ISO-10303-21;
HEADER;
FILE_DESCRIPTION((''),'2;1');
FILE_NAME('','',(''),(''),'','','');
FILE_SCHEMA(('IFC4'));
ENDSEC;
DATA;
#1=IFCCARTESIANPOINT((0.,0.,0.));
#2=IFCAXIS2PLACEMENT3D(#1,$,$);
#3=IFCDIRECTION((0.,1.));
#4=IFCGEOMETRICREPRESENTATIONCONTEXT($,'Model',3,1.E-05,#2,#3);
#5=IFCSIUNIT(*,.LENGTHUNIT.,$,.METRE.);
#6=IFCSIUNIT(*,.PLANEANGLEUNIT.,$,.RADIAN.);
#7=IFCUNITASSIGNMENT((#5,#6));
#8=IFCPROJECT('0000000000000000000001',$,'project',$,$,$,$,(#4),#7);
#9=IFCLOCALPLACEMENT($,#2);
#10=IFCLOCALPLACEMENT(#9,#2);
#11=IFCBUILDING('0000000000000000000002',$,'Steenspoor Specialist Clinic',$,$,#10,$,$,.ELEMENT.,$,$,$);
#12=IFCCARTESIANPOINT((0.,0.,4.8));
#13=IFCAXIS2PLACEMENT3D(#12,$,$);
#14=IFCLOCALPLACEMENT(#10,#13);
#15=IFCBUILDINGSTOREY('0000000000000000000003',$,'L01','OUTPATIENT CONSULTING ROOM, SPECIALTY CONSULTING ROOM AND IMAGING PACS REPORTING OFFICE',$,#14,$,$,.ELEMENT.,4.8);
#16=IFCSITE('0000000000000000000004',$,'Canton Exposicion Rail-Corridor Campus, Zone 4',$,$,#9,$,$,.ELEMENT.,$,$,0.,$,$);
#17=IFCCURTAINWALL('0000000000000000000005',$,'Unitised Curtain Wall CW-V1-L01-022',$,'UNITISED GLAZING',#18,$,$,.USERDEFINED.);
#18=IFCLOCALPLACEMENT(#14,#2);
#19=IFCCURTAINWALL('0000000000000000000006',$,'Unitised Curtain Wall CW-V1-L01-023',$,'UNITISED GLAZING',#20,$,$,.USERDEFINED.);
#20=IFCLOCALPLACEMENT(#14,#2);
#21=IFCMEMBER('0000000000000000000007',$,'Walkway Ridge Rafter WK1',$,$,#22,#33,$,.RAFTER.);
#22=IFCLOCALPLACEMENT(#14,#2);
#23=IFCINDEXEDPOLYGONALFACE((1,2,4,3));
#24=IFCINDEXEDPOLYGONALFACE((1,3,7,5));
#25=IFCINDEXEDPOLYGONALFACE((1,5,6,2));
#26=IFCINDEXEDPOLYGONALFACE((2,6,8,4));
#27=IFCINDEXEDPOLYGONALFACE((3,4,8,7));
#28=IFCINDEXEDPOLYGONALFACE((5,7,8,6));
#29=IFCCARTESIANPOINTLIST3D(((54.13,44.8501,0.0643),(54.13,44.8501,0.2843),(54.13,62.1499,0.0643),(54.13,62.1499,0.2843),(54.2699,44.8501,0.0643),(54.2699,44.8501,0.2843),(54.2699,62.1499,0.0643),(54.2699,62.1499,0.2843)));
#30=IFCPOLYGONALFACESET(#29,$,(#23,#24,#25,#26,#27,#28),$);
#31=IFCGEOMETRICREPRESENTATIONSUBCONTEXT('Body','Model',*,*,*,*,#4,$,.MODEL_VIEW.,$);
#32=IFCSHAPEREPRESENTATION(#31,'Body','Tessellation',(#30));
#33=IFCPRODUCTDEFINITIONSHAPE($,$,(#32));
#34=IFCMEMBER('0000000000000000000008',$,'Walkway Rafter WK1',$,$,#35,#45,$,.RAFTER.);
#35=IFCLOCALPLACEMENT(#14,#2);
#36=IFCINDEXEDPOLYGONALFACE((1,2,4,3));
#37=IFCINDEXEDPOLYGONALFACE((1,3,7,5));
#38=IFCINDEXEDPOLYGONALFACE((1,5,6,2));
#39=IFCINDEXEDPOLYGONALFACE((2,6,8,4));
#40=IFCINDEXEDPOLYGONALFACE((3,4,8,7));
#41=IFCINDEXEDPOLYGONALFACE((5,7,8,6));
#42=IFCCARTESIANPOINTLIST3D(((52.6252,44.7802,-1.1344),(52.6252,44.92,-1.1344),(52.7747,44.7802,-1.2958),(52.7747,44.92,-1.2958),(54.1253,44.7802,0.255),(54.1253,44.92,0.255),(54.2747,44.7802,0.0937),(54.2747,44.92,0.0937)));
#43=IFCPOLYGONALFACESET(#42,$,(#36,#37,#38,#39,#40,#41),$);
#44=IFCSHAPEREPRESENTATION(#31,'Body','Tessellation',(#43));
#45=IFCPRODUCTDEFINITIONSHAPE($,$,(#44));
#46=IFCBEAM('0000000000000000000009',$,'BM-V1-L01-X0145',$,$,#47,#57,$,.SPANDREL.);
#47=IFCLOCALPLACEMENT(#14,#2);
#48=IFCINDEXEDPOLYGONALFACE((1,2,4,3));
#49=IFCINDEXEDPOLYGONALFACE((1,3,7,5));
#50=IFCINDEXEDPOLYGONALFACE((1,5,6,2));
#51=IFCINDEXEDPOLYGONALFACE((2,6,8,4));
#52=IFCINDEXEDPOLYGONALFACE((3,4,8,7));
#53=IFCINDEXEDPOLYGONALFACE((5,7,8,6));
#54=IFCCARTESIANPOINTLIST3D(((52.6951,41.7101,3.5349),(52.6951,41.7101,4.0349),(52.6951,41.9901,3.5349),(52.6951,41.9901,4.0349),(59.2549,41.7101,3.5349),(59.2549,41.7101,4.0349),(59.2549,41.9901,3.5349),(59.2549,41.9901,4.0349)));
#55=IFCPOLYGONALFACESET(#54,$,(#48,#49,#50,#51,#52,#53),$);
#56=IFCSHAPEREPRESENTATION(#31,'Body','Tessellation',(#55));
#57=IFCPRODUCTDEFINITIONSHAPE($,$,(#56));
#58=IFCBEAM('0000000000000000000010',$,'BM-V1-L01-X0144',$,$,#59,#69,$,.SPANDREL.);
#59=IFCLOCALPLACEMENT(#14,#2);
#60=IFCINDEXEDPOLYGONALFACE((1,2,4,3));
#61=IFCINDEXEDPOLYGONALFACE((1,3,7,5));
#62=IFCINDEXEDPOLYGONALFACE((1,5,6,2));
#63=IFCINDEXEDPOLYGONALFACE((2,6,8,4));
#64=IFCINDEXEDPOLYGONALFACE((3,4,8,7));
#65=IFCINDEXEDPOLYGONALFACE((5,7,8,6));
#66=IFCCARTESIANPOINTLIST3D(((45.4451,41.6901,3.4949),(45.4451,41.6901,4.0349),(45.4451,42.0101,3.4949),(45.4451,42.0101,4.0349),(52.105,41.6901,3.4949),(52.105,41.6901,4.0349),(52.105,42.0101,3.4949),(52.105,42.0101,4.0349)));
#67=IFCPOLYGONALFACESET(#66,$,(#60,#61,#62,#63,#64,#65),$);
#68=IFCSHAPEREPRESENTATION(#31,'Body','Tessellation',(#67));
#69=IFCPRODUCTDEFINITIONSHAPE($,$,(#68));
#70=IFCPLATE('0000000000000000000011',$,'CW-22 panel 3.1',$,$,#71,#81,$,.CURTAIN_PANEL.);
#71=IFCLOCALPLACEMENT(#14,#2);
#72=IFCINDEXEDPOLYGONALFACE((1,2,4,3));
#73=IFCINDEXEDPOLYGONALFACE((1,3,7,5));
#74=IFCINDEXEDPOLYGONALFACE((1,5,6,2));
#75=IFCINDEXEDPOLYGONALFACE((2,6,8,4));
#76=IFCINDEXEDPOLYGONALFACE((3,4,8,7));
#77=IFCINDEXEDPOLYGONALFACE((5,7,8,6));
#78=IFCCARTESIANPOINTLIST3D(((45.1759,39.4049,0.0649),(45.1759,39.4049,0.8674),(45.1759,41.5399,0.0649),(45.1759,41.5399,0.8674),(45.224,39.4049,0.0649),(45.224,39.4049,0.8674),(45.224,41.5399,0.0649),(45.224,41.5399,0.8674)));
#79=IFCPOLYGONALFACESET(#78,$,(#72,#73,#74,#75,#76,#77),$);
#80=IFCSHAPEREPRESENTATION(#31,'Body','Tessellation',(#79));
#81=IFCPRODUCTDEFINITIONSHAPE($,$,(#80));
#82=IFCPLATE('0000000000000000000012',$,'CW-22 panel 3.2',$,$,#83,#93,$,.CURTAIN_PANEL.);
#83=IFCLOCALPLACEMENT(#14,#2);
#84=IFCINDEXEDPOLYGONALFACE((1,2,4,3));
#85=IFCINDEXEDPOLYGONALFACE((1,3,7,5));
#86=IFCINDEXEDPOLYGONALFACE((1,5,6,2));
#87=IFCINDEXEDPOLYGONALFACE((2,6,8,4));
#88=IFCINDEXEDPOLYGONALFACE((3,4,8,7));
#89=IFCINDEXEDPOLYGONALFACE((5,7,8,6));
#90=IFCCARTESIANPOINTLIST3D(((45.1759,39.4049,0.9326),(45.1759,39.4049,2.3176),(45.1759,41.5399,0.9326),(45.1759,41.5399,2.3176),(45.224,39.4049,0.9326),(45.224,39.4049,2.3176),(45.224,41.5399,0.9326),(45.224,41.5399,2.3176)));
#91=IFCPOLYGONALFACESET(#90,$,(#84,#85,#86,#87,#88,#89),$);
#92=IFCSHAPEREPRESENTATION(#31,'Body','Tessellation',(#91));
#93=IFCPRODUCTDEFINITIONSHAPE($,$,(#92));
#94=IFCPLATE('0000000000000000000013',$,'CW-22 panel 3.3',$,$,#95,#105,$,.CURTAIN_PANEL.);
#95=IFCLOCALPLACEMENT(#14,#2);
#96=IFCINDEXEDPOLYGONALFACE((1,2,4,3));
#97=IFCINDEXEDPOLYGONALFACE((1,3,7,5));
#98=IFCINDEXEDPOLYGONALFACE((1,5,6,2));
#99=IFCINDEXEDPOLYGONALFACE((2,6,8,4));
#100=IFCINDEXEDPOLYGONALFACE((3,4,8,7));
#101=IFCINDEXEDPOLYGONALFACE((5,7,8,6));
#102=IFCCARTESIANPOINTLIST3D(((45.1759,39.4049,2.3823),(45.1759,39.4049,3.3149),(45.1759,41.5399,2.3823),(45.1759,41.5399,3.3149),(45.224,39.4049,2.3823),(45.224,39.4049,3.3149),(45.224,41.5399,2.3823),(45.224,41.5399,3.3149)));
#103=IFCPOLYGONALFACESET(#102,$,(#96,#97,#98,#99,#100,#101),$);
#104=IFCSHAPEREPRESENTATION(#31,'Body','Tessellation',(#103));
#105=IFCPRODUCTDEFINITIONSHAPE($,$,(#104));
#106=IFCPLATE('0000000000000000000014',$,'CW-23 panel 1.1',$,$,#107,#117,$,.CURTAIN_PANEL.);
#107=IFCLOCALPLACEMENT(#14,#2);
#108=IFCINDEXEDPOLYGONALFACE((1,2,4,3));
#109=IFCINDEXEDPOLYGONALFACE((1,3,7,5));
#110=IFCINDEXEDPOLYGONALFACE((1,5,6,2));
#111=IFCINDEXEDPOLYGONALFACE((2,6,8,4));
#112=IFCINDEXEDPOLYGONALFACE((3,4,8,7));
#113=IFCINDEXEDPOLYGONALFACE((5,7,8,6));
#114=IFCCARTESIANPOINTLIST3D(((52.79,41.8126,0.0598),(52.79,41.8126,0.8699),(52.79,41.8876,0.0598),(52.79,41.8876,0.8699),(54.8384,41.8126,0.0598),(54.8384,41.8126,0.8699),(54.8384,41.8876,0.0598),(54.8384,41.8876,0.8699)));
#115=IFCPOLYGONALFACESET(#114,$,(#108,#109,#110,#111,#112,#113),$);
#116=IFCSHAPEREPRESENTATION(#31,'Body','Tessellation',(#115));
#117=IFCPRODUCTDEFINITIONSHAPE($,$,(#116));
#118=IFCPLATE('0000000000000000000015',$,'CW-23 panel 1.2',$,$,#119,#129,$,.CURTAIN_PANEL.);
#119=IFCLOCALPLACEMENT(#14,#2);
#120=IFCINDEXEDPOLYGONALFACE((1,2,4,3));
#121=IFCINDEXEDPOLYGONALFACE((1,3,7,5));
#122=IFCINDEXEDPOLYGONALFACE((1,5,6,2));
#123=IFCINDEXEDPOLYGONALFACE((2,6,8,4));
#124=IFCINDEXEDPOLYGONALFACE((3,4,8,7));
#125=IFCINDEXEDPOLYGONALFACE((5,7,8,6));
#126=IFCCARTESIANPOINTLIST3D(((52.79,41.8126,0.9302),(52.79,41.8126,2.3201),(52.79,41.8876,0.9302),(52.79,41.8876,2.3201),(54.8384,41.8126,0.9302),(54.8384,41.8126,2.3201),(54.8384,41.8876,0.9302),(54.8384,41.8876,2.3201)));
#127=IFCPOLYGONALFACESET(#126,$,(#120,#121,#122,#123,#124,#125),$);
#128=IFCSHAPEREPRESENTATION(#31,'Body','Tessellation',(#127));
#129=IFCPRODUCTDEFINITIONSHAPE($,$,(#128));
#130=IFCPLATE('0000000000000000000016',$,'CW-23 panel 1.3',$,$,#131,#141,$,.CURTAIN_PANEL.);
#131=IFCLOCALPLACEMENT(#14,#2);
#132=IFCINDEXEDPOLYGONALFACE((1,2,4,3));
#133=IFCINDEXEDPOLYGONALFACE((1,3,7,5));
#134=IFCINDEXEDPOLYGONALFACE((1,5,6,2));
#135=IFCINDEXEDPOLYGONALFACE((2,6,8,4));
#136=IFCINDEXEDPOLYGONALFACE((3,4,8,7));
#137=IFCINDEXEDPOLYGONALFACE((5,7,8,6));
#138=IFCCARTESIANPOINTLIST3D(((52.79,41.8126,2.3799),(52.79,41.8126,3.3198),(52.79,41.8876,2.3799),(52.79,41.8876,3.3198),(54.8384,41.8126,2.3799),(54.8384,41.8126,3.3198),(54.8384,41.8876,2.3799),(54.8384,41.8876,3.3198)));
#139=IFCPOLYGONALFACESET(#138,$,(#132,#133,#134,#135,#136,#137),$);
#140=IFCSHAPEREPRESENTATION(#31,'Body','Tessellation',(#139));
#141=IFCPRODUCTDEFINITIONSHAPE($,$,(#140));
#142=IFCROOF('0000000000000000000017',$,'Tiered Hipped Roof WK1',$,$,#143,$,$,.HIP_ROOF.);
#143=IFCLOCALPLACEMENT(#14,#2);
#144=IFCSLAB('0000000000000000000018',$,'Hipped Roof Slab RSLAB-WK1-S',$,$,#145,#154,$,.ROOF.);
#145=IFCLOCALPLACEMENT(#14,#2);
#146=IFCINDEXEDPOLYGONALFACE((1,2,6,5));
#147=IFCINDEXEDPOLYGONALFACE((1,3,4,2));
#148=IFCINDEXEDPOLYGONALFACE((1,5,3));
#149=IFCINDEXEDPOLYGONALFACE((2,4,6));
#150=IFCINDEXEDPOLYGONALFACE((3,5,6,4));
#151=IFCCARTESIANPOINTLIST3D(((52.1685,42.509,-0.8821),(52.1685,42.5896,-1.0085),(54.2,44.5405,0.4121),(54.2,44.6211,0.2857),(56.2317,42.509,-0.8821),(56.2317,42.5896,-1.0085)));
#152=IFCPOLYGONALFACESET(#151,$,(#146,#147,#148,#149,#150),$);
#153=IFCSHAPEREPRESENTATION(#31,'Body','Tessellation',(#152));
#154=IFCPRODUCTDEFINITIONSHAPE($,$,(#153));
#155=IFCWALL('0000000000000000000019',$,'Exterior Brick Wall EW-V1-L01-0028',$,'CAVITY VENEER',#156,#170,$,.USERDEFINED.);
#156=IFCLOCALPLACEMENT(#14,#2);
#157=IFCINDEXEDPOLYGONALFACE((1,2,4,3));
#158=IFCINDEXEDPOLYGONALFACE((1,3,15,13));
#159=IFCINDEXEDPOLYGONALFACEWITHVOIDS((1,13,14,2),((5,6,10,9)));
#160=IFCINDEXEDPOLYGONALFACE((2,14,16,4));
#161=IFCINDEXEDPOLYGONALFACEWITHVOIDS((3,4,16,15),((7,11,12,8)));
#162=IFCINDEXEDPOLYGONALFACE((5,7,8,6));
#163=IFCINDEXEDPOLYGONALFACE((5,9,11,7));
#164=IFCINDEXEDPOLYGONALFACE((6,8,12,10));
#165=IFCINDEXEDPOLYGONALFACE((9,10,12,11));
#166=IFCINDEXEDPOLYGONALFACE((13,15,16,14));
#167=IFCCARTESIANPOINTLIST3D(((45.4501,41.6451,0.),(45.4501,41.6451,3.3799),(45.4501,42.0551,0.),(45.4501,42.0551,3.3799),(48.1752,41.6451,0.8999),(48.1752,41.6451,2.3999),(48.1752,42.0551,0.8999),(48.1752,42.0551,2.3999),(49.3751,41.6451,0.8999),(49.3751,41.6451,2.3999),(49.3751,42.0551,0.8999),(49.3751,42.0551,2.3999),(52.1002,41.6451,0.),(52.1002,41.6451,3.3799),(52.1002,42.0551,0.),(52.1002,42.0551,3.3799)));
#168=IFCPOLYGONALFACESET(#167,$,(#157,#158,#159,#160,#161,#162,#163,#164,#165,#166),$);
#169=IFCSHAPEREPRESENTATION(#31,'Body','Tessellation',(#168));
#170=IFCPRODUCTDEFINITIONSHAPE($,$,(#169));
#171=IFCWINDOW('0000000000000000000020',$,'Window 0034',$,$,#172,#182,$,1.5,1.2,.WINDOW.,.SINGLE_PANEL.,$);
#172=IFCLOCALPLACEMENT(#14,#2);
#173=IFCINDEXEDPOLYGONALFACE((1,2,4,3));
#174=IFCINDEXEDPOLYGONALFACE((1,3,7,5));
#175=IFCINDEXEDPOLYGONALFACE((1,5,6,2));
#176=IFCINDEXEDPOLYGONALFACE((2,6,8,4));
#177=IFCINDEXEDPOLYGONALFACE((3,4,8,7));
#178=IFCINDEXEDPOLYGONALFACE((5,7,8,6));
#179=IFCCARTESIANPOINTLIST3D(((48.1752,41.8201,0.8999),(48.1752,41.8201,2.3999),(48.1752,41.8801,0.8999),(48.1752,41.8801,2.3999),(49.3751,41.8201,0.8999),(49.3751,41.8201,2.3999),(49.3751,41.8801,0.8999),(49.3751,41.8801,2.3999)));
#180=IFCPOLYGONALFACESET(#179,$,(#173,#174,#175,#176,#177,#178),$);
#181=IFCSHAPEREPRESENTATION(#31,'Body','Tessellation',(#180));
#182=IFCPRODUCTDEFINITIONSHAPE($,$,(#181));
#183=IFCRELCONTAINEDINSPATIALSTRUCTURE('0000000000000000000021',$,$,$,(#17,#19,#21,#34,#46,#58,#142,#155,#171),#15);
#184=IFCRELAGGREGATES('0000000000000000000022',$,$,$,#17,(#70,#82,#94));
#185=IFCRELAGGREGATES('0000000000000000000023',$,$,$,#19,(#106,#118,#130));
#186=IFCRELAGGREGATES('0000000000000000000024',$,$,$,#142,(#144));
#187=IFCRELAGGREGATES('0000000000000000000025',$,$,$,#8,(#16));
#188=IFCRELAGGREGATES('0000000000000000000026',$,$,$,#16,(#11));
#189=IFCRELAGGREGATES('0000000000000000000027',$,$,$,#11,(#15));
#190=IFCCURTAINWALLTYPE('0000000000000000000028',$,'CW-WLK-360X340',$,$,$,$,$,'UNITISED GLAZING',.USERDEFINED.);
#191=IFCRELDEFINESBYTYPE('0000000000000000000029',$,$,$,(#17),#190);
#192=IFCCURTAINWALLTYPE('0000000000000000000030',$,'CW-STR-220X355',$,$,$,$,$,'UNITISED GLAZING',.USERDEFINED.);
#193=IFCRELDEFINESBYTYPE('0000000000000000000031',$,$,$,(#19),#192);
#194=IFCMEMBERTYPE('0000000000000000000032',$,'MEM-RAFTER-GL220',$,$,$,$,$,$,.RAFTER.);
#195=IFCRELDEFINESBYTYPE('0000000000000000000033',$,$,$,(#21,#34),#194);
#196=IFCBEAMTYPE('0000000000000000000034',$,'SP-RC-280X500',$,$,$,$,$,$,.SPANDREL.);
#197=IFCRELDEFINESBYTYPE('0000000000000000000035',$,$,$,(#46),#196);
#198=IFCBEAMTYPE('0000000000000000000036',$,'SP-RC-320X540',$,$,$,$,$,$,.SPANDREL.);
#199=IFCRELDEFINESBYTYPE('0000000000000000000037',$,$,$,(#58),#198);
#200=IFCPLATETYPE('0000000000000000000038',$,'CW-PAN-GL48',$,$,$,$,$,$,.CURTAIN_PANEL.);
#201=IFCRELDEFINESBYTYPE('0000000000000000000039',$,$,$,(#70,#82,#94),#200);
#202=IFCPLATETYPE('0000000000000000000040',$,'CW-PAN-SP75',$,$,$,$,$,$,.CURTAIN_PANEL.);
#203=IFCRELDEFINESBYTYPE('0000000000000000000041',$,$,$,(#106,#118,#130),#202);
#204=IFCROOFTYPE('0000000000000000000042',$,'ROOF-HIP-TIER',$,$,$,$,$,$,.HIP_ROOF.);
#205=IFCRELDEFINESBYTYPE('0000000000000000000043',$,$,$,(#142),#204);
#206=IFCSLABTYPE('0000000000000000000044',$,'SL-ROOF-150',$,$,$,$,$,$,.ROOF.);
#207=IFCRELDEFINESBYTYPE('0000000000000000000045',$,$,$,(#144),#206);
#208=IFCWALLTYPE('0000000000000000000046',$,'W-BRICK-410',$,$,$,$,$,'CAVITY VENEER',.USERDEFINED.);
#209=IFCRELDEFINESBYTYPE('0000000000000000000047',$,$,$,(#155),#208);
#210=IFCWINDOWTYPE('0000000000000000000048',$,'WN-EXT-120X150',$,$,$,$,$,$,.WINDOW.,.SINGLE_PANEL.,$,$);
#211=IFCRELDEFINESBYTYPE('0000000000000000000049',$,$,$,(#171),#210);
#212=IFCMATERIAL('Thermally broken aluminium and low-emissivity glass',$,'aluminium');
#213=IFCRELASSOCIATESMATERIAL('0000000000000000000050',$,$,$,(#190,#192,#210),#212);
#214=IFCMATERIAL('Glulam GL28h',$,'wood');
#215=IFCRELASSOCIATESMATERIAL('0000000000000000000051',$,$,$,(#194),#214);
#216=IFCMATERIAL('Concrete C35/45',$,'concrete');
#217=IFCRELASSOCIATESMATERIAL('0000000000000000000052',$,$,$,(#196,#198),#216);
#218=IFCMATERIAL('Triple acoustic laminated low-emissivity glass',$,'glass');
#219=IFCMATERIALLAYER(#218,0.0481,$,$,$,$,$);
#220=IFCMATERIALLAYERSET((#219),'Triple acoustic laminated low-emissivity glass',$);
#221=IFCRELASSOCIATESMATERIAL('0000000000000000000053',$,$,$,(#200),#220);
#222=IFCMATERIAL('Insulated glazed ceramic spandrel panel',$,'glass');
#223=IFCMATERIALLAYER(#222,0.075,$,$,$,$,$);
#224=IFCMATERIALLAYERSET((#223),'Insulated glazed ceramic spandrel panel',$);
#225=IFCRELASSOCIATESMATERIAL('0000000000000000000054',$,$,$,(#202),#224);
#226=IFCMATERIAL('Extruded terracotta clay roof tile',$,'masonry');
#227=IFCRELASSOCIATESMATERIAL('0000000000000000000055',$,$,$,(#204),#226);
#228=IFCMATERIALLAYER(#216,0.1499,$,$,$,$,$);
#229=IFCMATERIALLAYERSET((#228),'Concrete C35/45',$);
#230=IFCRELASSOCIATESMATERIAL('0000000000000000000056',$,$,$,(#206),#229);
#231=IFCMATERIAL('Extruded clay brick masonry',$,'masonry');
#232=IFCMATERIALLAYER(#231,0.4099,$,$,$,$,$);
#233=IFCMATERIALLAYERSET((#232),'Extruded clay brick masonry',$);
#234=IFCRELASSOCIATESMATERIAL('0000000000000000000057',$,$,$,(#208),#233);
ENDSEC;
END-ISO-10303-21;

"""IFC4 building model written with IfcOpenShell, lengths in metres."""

from ifc_helpers import new_model, si_unit, direction, frame, frame_2d, origin, origin_2d, place, context, subcontext, project, spatial, polyline, rectangle, outline, extrude, material, layer, layer_set, material_profile, profile_set, type_object, element, fill, aggregate, save


model = new_model("IFC4")

# Units and contexts
model_context = context("Model", 3, precision=1e-05, world=origin(), true_north=direction((0.0, 1.0)))
body_context = subcontext(model_context, "Body", "Model", "MODEL_VIEW")
ifc_project = project(units=[si_unit("LENGTHUNIT", "METRE"), si_unit("PLANEANGLEUNIT", "RADIAN")], contexts=[model_context])

# Site, building, storey
site_placement = place(None, origin())
site = spatial("IfcSite", under=ifc_project, at=site_placement, Name="Canton Exposicion Rail-Corridor Campus, Zone 4", CompositionType="ELEMENT", RefElevation=0.0)
building_placement = place(site_placement, origin())
building = spatial("IfcBuilding", under=site, at=building_placement, Name="Steenspoor Specialist Clinic", CompositionType="ELEMENT")
storey_placement = place(building_placement, frame((0.0, 0.0, 4.8)))
storey = spatial("IfcBuildingStorey", under=building, at=storey_placement, Name="L01", Description="OUTPATIENT CONSULTING ROOM, SPECIALTY CONSULTING ROOM AND IMAGING PACS REPORTING OFFICE", CompositionType="ELEMENT", Elevation=4.8)

# Curtain wall
ifc_material_1 = material(Name="Thermally broken aluminium and low-emissivity glass", Category="aluminium")
curtain_wall_type_1 = type_object("IfcCurtainWallType", Name="CW-WLK-360X340", ElementType="UNITISED GLAZING", PredefinedType="USERDEFINED", material=ifc_material_1)
curtain_wall_1_placement = place(storey_placement, origin())
curtain_wall_1 = element("IfcCurtainWall", 1, at=curtain_wall_1_placement, inside=storey, type_object=curtain_wall_type_1, Name="Unitised Curtain Wall CW-V1-L01-022", ObjectType="UNITISED GLAZING", PredefinedType="USERDEFINED")

# Curtain wall
curtain_wall_type_2 = type_object("IfcCurtainWallType", Name="CW-STR-220X355", ElementType="UNITISED GLAZING", PredefinedType="USERDEFINED", material=ifc_material_1)
curtain_wall_2_placement = place(storey_placement, origin())
curtain_wall_2 = element("IfcCurtainWall", 2, at=curtain_wall_2_placement, inside=storey, type_object=curtain_wall_type_2, Name="Unitised Curtain Wall CW-V1-L01-023", ObjectType="UNITISED GLAZING", PredefinedType="USERDEFINED")

# Members
ifc_material_2 = material(Name="Glulam GL28h", Category="wood")
ifc_material_profile_1 = material_profile(ifc_material_2, rectangle(XDim=0.1399, YDim=0.22, at=origin_2d()), Name="GL28H-140X220")
ifc_profile_set_1 = profile_set([ifc_material_profile_1], Name="Glulam GL28h")
member_type_1 = type_object("IfcMemberType", Name="MEM-RAFTER-GL220", PredefinedType="RAFTER", material=ifc_profile_set_1)
member_1_placement = place(storey_placement, frame((54.2, 44.8501, 0.1743), z_axis=(0.0, 1.0, 0.0), x_axis=(-1.0, 0.0, 0.0)))
element("IfcMember", 3, at=member_1_placement, inside=storey, type_object=member_type_1, Name="Walkway Ridge Rafter WK1", PredefinedType="RAFTER", context=body_context, shape_type="SweptSolid", body=[
    extrude(rectangle(XDim=0.1399, YDim=0.22, at=origin_2d()), origin(), (0.0, 0.0, 1.0), 17.2998),
])
member_2_placement = place(storey_placement, frame((52.7, 44.8501, -1.2151), z_axis=(0.733635, 0.0, 0.679544), x_axis=(0.0, 1.0, 0.0)))
element("IfcMember", 4, at=member_2_placement, inside=storey, type_object=member_type_1, Name="Walkway Rafter WK1", PredefinedType="RAFTER", context=body_context, shape_type="SweptSolid", body=[
    extrude(rectangle(XDim=0.1399, YDim=0.22, at=origin_2d()), origin(), (0.0, 0.0, 1.0), 2.0447),
])

# Beams
ifc_material_3 = material(Name="Concrete C35/45", Category="concrete")
ifc_material_profile_2 = material_profile(ifc_material_3, rectangle(XDim=0.28, YDim=0.5, at=origin_2d()), Name="RC-SP-280X500")
ifc_profile_set_2 = profile_set([ifc_material_profile_2], Name="Concrete C35/45")
beam_type_1 = type_object("IfcBeamType", Name="SP-RC-280X500", PredefinedType="SPANDREL", material=ifc_profile_set_2)
beam_1_placement = place(storey_placement, frame((52.6951, 41.8501, 3.7849), z_axis=(1.0, 0.0, 0.0), x_axis=(0.0, 1.0, 0.0)))
element("IfcBeam", 5, at=beam_1_placement, inside=storey, type_object=beam_type_1, Name="BM-V1-L01-X0145", PredefinedType="SPANDREL", context=body_context, shape_type="SweptSolid", body=[
    extrude(rectangle(XDim=0.28, YDim=0.5, at=origin_2d()), origin(), (0.0, 0.0, 1.0), 6.5598),
])
ifc_material_profile_3 = material_profile(ifc_material_3, rectangle(XDim=0.3201, YDim=0.54, at=origin_2d()), Name="RC-SP-320X540")
ifc_profile_set_3 = profile_set([ifc_material_profile_3], Name="Concrete C35/45")
beam_type_2 = type_object("IfcBeamType", Name="SP-RC-320X540", PredefinedType="SPANDREL", material=ifc_profile_set_3)
beam_2_placement = place(storey_placement, frame((45.4451, 41.8501, 3.7649), z_axis=(1.0, 0.0, 0.0), x_axis=(0.0, 1.0, 0.0)))
element("IfcBeam", 6, at=beam_2_placement, inside=storey, type_object=beam_type_2, Name="BM-V1-L01-X0144", PredefinedType="SPANDREL", context=body_context, shape_type="SweptSolid", body=[
    extrude(rectangle(XDim=0.3201, YDim=0.54, at=origin_2d()), origin(), (0.0, 0.0, 1.0), 6.6599),
])

# Plates
ifc_material_4 = material(Name="Triple acoustic laminated low-emissivity glass", Category="glass")
ifc_layer_1 = layer(ifc_material_4, 0.0481)
ifc_layer_set_1 = layer_set([ifc_layer_1], Name="Triple acoustic laminated low-emissivity glass")
plate_type_1 = type_object("IfcPlateType", Name="CW-PAN-GL48", PredefinedType="CURTAIN_PANEL", material=ifc_layer_set_1)
plate_1_placement = place(storey_placement, frame((45.2, 40.4724, 0.0649), z_axis=(0.0, 0.0, 1.0), x_axis=(0.0, 1.0, 0.0)))
plate_1 = element("IfcPlate", 7, at=plate_1_placement, type_object=plate_type_1, Name="CW-22 panel 3.1", PredefinedType="CURTAIN_PANEL", context=body_context, shape_type="SweptSolid", body=[
    extrude(rectangle(XDim=2.135, YDim=0.0481, at=origin_2d()), origin(), (0.0, 0.0, 1.0), 0.8025),
])
plate_2_placement = place(storey_placement, frame((45.2, 40.4724, 0.9326), z_axis=(0.0, 0.0, 1.0), x_axis=(0.0, 1.0, 0.0)))
plate_2 = element("IfcPlate", 8, at=plate_2_placement, type_object=plate_type_1, Name="CW-22 panel 3.2", PredefinedType="CURTAIN_PANEL", context=body_context, shape_type="SweptSolid", body=[
    extrude(rectangle(XDim=2.135, YDim=0.0481, at=origin_2d()), origin(), (0.0, 0.0, 1.0), 1.385),
])
plate_3_placement = place(storey_placement, frame((45.2, 40.4724, 2.3823), z_axis=(0.0, 0.0, 1.0), x_axis=(0.0, 1.0, 0.0)))
plate_3 = element("IfcPlate", 9, at=plate_3_placement, type_object=plate_type_1, Name="CW-22 panel 3.3", PredefinedType="CURTAIN_PANEL", context=body_context, shape_type="SweptSolid", body=[
    extrude(rectangle(XDim=2.135, YDim=0.0481, at=origin_2d()), origin(), (0.0, 0.0, 1.0), 0.9326),
])
aggregate(curtain_wall_1, [plate_1, plate_2, plate_3])
ifc_material_5 = material(Name="Insulated glazed ceramic spandrel panel", Category="glass")
ifc_layer_2 = layer(ifc_material_5, 0.075)
ifc_layer_set_2 = layer_set([ifc_layer_2], Name="Insulated glazed ceramic spandrel panel")
plate_type_2 = type_object("IfcPlateType", Name="CW-PAN-SP75", PredefinedType="CURTAIN_PANEL", material=ifc_layer_set_2)
plate_4_placement = place(storey_placement, frame((53.8142, 41.8501, 0.0598), z_axis=(0.0, 0.0, 1.0), x_axis=(1.0, 0.0, 0.0)))
plate_4 = element("IfcPlate", 10, at=plate_4_placement, type_object=plate_type_2, Name="CW-23 panel 1.1", PredefinedType="CURTAIN_PANEL", context=body_context, shape_type="SweptSolid", body=[
    extrude(rectangle(XDim=2.0483, YDim=0.075, at=origin_2d()), origin(), (0.0, 0.0, 1.0), 0.8101),
])
plate_5_placement = place(storey_placement, frame((53.8142, 41.8501, 0.9302), z_axis=(0.0, 0.0, 1.0), x_axis=(1.0, 0.0, 0.0)))
plate_5 = element("IfcPlate", 11, at=plate_5_placement, type_object=plate_type_2, Name="CW-23 panel 1.2", PredefinedType="CURTAIN_PANEL", context=body_context, shape_type="SweptSolid", body=[
    extrude(rectangle(XDim=2.0483, YDim=0.075, at=origin_2d()), origin(), (0.0, 0.0, 1.0), 1.3899),
])
plate_6_placement = place(storey_placement, frame((53.8142, 41.8501, 2.3799), z_axis=(0.0, 0.0, 1.0), x_axis=(1.0, 0.0, 0.0)))
plate_6 = element("IfcPlate", 12, at=plate_6_placement, type_object=plate_type_2, Name="CW-23 panel 1.3", PredefinedType="CURTAIN_PANEL", context=body_context, shape_type="SweptSolid", body=[
    extrude(rectangle(XDim=2.0483, YDim=0.075, at=origin_2d()), origin(), (0.0, 0.0, 1.0), 0.9399),
])
aggregate(curtain_wall_2, [plate_4, plate_5, plate_6])

# Roof, slab
ifc_material_6 = material(Name="Extruded terracotta clay roof tile", Category="masonry")
roof_type = type_object("IfcRoofType", Name="ROOF-HIP-TIER", PredefinedType="HIP_ROOF", material=ifc_material_6)
roof_placement = place(storey_placement, origin())
roof = element("IfcRoof", 13, at=roof_placement, inside=storey, type_object=roof_type, Name="Tiered Hipped Roof WK1", PredefinedType="HIP_ROOF")
ifc_layer_3 = layer(ifc_material_3, 0.1499)
ifc_layer_set_3 = layer_set([ifc_layer_3], Name="Concrete C35/45")
slab_type = type_object("IfcSlabType", Name="SL-ROOF-150", PredefinedType="ROOF", material=ifc_layer_set_3)
slab_1_placement = place(storey_placement, frame((54.2, 44.5405, 0.4121), z_axis=(0.0, -0.537295, 0.843394), x_axis=(-0.644712, -0.644712, -0.410722)))
slab_1 = element("IfcSlab", 14, at=slab_1_placement, type_object=slab_type, Name="Hipped Roof Slab RSLAB-WK1-S", PredefinedType="ROOF", context=body_context, shape_type="SweptSolid", body=[
    extrude(outline(polyline([(0.0, 0.0), (3.151, 0.0), (0.5314, 3.106), (0.0, 0.0)])), origin(), (0.0, 0.0, -1.0), 0.1499),
])
aggregate(roof, [slab_1])

# Wall, opening, window
ifc_material_7 = material(Name="Extruded clay brick masonry", Category="masonry")
ifc_layer_4 = layer(ifc_material_7, 0.4099)
ifc_layer_set_4 = layer_set([ifc_layer_4], Name="Extruded clay brick masonry")
wall_type = type_object("IfcWallType", Name="W-BRICK-410", ElementType="CAVITY VENEER", PredefinedType="USERDEFINED", material=ifc_layer_set_4)
wall_placement = place(storey_placement, frame((45.45, 41.8501, 0.0), z_axis=(0.0, 0.0, 1.0), x_axis=(1.0, 0.0, 0.0)))
wall = element("IfcWall", 15, at=wall_placement, inside=storey, type_object=wall_type, Name="Exterior Brick Wall EW-V1-L01-0028", ObjectType="CAVITY VENEER", PredefinedType="USERDEFINED", context=body_context, shape_type="SweptSolid", body=[
    extrude(rectangle(XDim=6.6501, YDim=0.4099, at=frame_2d((3.3252, 0.0))), origin(), (0.0, 0.0, 1.0), 3.3799),
])
opening_placement = place(wall_placement, frame((2.7251, 0.0, 0.8999)))
opening = element("IfcOpeningElement", 16, at=opening_placement, cuts=wall, PredefinedType="OPENING", context=body_context, shape_type="SweptSolid", body=[
    extrude(rectangle(XDim=1.2, YDim=1.5, at=frame_2d((0.6001, 0.75))), frame((0.0, 0.2148, 0.0), z_axis=(0.0, -1.0, 0.0), x_axis=(1.0, 0.0, 0.0)), (0.0, 0.0, 1.0), 0.4299),
])
window_type = type_object("IfcWindowType", Name="WN-EXT-120X150", PartitioningType="SINGLE_PANEL", PredefinedType="WINDOW", material=ifc_material_1)
window_placement = place(opening_placement, origin())
window = element("IfcWindow", 17, at=window_placement, inside=storey, type_object=window_type, Name="Window 0034", OverallHeight=1.5, OverallWidth=1.2, PartitioningType="SINGLE_PANEL", PredefinedType="WINDOW", context=body_context, shape_type="SweptSolid", body=[
    extrude(rectangle(XDim=1.2, YDim=1.5, at=frame_2d((0.6001, 0.75))), frame((0.0, 0.03, 0.0), z_axis=(0.0, -1.0, 0.0), x_axis=(1.0, 0.0, 0.0)), (0.0, 0.0, 1.0), 0.0601),
])
fill(opening, window)

save(model, "model.ifc")
